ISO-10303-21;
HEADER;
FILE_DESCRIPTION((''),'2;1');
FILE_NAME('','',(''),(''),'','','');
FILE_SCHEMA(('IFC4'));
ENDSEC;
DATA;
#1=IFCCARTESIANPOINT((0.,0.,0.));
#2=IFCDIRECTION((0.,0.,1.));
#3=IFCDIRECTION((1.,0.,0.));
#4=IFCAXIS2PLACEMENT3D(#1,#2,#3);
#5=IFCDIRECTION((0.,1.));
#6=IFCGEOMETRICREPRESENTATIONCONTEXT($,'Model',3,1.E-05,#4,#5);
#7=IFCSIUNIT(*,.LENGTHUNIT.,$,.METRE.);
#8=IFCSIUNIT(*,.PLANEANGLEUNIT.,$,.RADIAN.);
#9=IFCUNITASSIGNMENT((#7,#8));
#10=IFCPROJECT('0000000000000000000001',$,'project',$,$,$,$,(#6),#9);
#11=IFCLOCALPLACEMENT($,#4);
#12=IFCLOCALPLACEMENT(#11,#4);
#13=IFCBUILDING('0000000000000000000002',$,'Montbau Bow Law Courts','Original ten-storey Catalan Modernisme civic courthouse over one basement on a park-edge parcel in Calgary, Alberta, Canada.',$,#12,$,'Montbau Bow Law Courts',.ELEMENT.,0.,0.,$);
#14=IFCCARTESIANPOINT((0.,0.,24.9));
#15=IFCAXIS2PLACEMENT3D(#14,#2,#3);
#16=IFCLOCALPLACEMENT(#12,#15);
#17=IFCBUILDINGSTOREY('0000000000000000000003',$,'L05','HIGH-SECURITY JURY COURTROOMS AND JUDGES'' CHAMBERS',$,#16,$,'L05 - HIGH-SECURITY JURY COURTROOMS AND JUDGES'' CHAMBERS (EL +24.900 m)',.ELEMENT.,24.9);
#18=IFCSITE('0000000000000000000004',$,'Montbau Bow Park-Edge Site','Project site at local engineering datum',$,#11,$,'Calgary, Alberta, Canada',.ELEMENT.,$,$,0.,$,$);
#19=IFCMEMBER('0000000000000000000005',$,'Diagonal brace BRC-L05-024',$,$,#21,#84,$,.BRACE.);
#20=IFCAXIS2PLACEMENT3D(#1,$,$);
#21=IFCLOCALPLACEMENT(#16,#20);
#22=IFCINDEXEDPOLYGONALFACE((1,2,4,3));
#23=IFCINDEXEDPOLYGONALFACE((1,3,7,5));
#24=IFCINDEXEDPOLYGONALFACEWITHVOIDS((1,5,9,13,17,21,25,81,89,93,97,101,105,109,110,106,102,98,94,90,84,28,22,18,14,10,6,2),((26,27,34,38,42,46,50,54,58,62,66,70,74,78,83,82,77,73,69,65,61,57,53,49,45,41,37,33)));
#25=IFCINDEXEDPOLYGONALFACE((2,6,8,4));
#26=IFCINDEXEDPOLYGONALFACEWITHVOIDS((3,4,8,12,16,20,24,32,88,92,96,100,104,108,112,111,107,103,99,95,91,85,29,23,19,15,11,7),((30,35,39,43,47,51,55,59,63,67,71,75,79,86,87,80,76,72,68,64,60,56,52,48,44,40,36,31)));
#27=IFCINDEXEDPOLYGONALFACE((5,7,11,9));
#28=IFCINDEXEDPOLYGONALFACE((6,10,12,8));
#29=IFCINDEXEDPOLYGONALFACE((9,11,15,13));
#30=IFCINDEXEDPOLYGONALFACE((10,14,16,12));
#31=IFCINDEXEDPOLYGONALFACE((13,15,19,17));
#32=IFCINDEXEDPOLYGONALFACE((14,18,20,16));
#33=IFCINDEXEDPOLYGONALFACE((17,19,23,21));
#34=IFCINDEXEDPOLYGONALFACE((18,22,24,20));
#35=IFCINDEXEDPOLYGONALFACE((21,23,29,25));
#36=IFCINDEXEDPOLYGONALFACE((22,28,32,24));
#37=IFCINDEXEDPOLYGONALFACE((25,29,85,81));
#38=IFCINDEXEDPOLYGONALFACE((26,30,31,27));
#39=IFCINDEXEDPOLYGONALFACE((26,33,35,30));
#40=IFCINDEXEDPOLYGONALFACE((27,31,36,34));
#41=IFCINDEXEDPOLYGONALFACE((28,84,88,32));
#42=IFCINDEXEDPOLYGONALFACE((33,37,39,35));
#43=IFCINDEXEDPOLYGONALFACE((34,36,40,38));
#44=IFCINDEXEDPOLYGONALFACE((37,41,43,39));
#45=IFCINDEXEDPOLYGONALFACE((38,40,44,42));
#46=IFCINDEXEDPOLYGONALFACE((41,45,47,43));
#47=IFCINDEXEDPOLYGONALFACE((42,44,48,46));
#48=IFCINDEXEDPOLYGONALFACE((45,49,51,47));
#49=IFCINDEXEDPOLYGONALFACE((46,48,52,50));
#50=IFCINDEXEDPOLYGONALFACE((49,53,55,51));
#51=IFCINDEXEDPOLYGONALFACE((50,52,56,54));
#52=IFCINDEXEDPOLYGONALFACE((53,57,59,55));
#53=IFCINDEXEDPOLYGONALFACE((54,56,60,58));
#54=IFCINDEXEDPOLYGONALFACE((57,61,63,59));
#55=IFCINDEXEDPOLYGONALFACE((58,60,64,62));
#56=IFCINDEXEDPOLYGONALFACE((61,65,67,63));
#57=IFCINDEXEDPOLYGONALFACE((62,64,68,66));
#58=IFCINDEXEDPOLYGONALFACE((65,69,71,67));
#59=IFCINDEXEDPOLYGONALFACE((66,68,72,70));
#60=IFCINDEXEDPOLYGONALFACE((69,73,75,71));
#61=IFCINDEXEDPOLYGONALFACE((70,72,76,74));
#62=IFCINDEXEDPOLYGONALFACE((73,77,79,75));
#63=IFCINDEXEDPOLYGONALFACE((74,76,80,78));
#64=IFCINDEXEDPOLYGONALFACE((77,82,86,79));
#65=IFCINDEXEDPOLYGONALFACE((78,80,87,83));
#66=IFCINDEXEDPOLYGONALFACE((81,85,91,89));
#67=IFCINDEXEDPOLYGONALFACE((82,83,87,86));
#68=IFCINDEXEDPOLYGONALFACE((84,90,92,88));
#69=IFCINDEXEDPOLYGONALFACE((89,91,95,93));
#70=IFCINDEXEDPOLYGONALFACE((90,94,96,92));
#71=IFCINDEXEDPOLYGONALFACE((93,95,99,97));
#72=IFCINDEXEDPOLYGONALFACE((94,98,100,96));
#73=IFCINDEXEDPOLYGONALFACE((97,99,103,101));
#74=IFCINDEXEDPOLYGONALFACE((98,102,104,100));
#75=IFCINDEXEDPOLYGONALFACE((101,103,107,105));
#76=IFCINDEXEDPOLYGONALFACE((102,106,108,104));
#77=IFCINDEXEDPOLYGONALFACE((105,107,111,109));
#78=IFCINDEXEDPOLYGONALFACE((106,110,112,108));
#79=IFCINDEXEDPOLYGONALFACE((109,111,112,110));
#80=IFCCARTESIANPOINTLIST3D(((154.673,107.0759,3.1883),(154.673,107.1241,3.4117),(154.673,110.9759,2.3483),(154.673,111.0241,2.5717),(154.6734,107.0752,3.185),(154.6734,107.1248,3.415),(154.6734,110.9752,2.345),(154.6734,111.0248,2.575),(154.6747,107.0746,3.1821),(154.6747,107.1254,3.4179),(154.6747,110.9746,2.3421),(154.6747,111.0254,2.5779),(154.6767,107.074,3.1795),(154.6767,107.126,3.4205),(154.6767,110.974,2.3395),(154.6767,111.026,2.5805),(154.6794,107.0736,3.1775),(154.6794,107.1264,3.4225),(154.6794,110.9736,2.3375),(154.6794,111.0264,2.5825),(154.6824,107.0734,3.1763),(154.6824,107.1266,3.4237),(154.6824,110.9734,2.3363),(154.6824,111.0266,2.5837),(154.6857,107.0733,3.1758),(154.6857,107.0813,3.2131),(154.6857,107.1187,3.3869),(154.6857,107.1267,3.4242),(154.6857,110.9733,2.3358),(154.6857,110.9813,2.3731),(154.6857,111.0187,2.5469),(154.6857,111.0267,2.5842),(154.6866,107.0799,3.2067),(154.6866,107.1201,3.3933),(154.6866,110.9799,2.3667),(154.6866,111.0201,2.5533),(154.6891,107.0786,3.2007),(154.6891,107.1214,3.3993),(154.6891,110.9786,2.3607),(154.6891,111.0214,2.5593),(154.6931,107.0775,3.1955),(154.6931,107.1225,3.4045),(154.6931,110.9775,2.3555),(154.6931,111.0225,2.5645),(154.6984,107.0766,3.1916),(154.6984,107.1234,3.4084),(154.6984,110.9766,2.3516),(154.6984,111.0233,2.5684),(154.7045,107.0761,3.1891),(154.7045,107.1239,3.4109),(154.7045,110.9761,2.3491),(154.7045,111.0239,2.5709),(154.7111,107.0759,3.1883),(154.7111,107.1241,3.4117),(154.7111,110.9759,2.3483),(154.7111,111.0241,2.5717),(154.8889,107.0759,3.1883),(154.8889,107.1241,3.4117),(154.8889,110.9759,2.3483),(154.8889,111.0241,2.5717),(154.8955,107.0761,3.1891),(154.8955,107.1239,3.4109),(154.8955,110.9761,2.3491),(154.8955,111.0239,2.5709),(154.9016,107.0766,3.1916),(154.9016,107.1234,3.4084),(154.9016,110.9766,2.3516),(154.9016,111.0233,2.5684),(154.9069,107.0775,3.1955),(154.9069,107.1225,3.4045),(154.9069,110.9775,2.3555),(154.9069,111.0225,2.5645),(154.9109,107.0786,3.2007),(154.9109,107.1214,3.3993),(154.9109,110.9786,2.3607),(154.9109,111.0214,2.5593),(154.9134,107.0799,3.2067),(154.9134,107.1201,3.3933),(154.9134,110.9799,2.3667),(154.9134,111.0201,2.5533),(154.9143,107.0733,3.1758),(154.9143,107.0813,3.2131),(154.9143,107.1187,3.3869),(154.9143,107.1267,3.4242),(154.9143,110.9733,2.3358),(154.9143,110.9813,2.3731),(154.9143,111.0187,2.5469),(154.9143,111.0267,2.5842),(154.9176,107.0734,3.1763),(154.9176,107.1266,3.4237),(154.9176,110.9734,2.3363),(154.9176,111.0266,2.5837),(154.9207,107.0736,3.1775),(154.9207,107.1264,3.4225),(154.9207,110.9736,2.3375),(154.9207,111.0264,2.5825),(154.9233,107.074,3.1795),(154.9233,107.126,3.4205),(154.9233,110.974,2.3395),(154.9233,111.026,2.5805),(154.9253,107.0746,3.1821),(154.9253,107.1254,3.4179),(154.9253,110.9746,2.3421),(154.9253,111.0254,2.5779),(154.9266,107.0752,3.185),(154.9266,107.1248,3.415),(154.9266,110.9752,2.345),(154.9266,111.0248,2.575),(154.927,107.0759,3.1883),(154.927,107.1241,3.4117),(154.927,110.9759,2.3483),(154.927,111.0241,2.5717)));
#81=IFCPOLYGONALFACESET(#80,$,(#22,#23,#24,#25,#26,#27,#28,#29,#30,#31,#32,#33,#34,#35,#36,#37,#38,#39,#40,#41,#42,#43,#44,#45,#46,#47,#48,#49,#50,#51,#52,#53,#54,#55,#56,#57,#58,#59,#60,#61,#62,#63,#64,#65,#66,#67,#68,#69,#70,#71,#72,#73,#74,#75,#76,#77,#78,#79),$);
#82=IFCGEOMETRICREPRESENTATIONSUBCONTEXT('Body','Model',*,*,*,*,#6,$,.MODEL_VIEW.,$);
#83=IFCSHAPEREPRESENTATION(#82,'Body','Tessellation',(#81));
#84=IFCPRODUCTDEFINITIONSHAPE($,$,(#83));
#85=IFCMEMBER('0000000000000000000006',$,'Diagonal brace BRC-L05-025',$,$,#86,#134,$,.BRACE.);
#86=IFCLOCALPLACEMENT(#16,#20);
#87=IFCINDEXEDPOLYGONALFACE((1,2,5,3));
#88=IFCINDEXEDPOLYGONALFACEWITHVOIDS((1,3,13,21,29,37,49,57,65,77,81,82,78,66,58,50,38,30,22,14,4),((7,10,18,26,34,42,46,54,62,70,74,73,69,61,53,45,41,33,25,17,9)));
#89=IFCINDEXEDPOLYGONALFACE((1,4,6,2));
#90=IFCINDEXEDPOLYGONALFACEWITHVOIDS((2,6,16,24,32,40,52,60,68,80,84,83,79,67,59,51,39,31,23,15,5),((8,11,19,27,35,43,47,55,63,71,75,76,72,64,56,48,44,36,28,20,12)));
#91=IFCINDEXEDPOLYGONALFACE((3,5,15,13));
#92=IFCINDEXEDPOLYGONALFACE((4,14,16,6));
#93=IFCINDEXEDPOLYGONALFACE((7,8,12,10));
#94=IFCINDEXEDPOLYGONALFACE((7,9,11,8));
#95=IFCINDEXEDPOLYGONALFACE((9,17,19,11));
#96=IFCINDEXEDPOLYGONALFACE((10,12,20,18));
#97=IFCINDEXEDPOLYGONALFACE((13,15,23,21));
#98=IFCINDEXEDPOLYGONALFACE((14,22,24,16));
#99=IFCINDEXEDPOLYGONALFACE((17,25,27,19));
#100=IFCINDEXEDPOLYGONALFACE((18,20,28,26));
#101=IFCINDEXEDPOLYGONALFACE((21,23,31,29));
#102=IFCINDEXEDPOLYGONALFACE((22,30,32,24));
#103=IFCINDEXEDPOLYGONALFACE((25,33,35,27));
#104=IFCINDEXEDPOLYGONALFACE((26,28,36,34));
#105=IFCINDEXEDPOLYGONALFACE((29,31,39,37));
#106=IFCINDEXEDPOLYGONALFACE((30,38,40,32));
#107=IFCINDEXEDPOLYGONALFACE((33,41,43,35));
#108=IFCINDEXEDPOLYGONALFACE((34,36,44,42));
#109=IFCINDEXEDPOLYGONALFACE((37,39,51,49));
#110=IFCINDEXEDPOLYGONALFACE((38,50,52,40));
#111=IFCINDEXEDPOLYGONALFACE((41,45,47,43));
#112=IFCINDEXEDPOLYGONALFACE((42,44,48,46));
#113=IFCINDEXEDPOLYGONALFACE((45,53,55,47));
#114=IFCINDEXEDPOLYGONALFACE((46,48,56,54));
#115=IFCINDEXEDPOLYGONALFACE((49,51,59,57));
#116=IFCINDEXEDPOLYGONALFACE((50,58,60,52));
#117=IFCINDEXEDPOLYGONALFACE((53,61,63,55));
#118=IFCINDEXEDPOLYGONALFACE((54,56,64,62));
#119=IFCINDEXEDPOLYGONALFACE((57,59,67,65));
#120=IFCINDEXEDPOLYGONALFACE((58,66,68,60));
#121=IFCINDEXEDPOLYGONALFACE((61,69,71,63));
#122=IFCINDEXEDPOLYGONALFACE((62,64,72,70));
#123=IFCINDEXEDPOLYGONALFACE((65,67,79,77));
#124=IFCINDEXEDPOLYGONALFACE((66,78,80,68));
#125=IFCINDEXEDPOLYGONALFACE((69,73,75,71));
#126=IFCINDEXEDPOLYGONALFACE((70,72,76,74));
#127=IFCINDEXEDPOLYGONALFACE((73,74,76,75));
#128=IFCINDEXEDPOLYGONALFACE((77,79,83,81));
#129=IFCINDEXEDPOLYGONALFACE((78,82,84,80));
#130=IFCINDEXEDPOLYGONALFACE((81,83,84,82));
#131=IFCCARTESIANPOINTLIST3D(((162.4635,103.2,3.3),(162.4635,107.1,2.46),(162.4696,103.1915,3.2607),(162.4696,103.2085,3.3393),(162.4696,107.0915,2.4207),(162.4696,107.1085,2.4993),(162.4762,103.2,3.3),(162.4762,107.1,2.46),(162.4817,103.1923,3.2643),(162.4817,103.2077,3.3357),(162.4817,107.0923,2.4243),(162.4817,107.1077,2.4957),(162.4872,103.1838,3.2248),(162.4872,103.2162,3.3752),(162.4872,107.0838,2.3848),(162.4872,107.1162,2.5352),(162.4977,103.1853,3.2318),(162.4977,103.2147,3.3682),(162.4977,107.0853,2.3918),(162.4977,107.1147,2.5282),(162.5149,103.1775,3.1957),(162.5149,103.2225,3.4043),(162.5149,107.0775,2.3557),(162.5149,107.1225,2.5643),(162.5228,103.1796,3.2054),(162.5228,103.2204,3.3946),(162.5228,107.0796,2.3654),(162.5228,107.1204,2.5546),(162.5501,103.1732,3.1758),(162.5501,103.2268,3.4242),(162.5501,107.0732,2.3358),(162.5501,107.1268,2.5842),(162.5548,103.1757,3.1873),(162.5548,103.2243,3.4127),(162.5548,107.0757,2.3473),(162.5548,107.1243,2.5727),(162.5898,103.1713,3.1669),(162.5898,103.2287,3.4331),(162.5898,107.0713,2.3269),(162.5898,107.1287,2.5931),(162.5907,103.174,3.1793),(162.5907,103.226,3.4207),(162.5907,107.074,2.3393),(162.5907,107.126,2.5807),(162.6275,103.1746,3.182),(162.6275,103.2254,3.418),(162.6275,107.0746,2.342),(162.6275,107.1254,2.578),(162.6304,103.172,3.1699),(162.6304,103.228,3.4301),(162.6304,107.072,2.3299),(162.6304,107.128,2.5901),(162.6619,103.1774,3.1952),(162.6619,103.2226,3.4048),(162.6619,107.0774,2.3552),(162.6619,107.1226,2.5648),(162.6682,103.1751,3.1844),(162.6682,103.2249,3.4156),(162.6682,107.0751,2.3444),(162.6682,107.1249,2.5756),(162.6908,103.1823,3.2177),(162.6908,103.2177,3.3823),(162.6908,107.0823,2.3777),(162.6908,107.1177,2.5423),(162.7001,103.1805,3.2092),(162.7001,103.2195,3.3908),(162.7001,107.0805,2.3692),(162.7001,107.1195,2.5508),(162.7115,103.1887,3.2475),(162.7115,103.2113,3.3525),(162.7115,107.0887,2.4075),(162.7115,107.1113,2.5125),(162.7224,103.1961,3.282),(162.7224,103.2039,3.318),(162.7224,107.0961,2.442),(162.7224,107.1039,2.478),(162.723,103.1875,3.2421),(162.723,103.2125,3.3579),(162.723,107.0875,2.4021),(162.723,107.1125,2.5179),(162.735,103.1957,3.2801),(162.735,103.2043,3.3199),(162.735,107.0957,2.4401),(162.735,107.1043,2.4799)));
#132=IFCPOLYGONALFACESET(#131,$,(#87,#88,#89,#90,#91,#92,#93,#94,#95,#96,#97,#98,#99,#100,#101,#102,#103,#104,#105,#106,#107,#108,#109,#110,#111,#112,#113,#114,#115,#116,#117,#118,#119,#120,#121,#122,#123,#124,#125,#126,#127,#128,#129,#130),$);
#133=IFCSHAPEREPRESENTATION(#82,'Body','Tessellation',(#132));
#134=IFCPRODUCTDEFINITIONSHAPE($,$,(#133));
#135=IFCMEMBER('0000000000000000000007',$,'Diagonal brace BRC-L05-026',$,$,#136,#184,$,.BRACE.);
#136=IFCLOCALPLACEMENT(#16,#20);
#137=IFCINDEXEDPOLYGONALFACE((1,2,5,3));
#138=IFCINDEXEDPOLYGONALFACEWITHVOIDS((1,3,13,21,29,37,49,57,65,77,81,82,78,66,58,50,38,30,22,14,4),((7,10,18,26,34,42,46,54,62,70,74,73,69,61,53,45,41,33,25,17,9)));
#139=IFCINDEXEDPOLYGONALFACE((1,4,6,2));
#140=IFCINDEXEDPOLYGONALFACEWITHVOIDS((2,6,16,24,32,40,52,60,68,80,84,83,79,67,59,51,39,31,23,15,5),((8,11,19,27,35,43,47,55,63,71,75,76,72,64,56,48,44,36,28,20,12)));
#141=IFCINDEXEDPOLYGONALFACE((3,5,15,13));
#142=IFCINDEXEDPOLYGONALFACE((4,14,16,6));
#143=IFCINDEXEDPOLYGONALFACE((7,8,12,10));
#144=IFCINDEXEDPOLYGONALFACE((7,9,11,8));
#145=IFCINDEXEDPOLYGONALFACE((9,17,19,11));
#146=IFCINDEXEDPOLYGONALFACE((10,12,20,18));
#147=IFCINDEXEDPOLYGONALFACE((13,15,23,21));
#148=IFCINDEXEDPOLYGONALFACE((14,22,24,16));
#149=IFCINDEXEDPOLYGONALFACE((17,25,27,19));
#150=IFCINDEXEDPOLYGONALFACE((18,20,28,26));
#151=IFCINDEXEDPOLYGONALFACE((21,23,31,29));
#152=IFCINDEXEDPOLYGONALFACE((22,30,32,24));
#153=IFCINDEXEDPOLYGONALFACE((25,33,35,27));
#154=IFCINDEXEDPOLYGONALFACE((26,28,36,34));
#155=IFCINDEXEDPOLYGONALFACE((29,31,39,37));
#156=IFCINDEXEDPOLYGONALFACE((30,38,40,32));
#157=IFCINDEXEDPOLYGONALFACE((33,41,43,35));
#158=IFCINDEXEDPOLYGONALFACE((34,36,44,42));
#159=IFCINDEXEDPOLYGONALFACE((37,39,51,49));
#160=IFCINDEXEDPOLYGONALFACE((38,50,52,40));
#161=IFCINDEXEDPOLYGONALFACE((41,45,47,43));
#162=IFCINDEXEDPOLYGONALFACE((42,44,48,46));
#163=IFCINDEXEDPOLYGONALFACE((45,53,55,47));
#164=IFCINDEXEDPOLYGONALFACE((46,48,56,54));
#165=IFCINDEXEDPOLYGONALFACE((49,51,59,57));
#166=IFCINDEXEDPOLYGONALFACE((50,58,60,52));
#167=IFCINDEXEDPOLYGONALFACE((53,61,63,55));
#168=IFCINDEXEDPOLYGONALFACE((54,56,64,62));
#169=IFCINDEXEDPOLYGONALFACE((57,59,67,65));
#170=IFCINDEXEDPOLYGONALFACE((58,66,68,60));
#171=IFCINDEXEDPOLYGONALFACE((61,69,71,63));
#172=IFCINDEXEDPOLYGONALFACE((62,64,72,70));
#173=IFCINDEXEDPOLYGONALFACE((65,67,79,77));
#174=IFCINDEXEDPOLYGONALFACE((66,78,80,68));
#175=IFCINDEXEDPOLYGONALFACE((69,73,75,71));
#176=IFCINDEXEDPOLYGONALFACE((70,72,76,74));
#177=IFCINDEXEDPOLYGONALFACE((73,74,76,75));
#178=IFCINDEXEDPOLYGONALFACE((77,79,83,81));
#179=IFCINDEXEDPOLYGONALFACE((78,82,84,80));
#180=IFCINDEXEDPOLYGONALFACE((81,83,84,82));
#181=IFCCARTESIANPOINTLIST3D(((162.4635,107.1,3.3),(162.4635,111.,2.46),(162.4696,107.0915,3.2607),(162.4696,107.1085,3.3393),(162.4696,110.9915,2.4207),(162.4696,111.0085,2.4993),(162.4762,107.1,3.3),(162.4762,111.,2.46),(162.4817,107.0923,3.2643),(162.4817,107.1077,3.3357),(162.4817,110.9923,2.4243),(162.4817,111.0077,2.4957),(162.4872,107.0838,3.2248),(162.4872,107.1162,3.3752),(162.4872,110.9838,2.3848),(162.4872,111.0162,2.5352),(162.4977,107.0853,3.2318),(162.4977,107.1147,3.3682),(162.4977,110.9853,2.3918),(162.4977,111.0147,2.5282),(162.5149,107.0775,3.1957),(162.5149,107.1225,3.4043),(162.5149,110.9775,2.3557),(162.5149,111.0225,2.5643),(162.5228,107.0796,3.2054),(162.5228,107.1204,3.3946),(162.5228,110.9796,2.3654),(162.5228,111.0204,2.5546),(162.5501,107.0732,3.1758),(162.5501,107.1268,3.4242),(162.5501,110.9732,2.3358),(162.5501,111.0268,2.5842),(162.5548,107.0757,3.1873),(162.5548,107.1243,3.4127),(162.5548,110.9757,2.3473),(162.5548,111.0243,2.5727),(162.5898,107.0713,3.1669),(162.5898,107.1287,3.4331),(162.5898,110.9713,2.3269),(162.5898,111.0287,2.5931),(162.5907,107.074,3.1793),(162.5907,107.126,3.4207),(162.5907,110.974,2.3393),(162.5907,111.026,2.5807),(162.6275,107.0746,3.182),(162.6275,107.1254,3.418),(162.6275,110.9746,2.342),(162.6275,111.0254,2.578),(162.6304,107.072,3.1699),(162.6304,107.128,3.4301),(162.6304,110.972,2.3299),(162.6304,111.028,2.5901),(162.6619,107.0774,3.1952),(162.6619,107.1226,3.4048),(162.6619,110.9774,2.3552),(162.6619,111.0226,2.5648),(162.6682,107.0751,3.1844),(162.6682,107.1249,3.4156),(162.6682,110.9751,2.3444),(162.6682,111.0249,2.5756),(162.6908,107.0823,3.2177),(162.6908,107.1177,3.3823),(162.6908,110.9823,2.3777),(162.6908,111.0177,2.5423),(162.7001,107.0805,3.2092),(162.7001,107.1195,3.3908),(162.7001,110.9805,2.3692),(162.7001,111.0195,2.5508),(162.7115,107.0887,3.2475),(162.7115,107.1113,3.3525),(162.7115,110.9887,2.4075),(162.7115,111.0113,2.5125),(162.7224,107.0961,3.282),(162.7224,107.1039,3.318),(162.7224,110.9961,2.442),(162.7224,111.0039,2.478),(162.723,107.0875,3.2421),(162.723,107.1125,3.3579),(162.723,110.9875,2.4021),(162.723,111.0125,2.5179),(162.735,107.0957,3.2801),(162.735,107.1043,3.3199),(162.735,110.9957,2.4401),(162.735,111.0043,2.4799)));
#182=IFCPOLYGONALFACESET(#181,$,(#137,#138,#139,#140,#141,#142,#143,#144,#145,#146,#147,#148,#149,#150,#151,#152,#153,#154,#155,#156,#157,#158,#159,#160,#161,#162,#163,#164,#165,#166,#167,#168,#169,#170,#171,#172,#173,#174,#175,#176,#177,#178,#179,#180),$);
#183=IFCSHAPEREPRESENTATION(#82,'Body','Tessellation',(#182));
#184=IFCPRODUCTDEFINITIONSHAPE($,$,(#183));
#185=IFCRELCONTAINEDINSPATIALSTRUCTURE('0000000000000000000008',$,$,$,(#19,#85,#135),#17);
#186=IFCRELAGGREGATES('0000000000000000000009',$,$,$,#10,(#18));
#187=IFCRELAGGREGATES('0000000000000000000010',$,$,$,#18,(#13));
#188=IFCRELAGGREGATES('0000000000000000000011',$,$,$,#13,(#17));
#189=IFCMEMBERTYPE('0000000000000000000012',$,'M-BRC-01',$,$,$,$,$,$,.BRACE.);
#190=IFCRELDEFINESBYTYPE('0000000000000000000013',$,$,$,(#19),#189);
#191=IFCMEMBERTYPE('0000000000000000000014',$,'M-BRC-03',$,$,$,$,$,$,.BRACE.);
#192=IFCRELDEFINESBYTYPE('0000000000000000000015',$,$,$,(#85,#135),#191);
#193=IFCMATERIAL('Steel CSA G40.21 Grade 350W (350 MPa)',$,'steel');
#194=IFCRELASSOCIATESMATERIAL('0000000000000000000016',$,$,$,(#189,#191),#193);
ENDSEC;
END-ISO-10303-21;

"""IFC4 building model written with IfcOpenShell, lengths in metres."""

from ifc_helpers import new_model, si_unit, direction, frame, origin_with_axes, origin_2d_with_axis, place, context, subcontext, project, spatial, hollow_rectangle, hollow_circle, extrude, material, material_profile, profile_set, type_object, element, save


model = new_model("IFC4")

# Units and contexts
model_context = context("Model", 3, precision=1e-05, world=origin_with_axes(), true_north=direction((0.0, 1.0)))
body_context = subcontext(model_context, "Body", "Model", "MODEL_VIEW")
ifc_project = project(units=[si_unit("LENGTHUNIT", "METRE"), si_unit("PLANEANGLEUNIT", "RADIAN")], contexts=[model_context])

# Site, building, storey
site_placement = place(None, origin_with_axes())
site = spatial("IfcSite", under=ifc_project, at=site_placement, Name="Montbau Bow Park-Edge Site", Description="Project site at local engineering datum", LongName="Calgary, Alberta, Canada", CompositionType="ELEMENT", RefElevation=0.0)
building_placement = place(site_placement, origin_with_axes())
building = spatial("IfcBuilding", under=site, at=building_placement, Name="Montbau Bow Law Courts", Description="Original ten-storey Catalan Modernisme civic courthouse over one basement on a park-edge parcel in Calgary, Alberta, Canada.", LongName="Montbau Bow Law Courts", CompositionType="ELEMENT", ElevationOfRefHeight=0.0, ElevationOfTerrain=0.0)
storey_placement = place(building_placement, frame((0.0, 0.0, 24.9), z_axis=(0.0, 0.0, 1.0), x_axis=(1.0, 0.0, 0.0)))
storey = spatial("IfcBuildingStorey", under=building, at=storey_placement, Name="L05", Description="HIGH-SECURITY JURY COURTROOMS AND JUDGES' CHAMBERS", LongName="L05 - HIGH-SECURITY JURY COURTROOMS AND JUDGES' CHAMBERS (EL +24.900 m)", CompositionType="ELEMENT", Elevation=24.9)

# Shared definitions
ifc_material_1 = material(Name="Steel CSA G40.21 Grade 350W (350 MPa)", Category="steel")

# Members
ifc_material_profile_1 = material_profile(ifc_material_1, hollow_rectangle(XDim=0.254, YDim=0.254, WallThickness=0.0127, InnerFilletRadius=0.0254, OuterFilletRadius=0.0127, at=origin_2d_with_axis()), Name="HSS254X254X13", Category="Main", Priority=0)
ifc_profile_set_1 = profile_set([ifc_material_profile_1], Name="Steel CSA G40.21 Grade 350W (350 MPa)")
member_type_1 = type_object("IfcMemberType", Name="M-BRC-01", PredefinedType="BRACE", material=ifc_profile_set_1)
for number, where, z_axis, x_axis, name in (
    (1, (154.8, 107.1, 28.2), (0.0, 0.977582, -0.210556), (-1.0, 0.0, 0.0), "Diagonal brace BRC-L05-024"),
):
    element("IfcMember", number, at=place(None, frame(where, z_axis=z_axis, x_axis=x_axis)), inside=storey, type_object=member_type_1, Name=name, PredefinedType="BRACE", context=body_context, shape_type="SweptSolid", body=[
        extrude(hollow_rectangle(XDim=0.254, YDim=0.254, WallThickness=0.0127, InnerFilletRadius=0.0254, OuterFilletRadius=0.0127, at=origin_2d_with_axis()), origin_with_axes(), (0.0, 0.0, 1.0), 3.9894),
    ])
ifc_material_profile_2 = material_profile(ifc_material_1, hollow_circle(Radius=0.1365, WallThickness=0.0127, at=origin_2d_with_axis()), Name="HSS273X13", Category="Main", Priority=0)
ifc_profile_set_2 = profile_set([ifc_material_profile_2], Name="Steel CSA G40.21 Grade 350W (350 MPa)")
member_type_2 = type_object("IfcMemberType", Name="M-BRC-03", PredefinedType="BRACE", material=ifc_profile_set_2)
for number, where, z_axis, x_axis, name in (
    (2, (162.6, 103.2, 28.2), (0.0, 0.977582, -0.210556), (-1.0, 0.0, 0.0), "Diagonal brace BRC-L05-025"),
    (3, (162.6, 107.1, 28.2), (0.0, 0.977582, -0.210556), (-1.0, 0.0, 0.0), "Diagonal brace BRC-L05-026"),
):
    element("IfcMember", number, at=place(None, frame(where, z_axis=z_axis, x_axis=x_axis)), inside=storey, type_object=member_type_2, Name=name, PredefinedType="BRACE", context=body_context, shape_type="SweptSolid", body=[
        extrude(hollow_circle(Radius=0.1365, WallThickness=0.0127, at=origin_2d_with_axis()), origin_with_axes(), (0.0, 0.0, 1.0), 3.9894),
    ])

save(model, "model.ifc")
